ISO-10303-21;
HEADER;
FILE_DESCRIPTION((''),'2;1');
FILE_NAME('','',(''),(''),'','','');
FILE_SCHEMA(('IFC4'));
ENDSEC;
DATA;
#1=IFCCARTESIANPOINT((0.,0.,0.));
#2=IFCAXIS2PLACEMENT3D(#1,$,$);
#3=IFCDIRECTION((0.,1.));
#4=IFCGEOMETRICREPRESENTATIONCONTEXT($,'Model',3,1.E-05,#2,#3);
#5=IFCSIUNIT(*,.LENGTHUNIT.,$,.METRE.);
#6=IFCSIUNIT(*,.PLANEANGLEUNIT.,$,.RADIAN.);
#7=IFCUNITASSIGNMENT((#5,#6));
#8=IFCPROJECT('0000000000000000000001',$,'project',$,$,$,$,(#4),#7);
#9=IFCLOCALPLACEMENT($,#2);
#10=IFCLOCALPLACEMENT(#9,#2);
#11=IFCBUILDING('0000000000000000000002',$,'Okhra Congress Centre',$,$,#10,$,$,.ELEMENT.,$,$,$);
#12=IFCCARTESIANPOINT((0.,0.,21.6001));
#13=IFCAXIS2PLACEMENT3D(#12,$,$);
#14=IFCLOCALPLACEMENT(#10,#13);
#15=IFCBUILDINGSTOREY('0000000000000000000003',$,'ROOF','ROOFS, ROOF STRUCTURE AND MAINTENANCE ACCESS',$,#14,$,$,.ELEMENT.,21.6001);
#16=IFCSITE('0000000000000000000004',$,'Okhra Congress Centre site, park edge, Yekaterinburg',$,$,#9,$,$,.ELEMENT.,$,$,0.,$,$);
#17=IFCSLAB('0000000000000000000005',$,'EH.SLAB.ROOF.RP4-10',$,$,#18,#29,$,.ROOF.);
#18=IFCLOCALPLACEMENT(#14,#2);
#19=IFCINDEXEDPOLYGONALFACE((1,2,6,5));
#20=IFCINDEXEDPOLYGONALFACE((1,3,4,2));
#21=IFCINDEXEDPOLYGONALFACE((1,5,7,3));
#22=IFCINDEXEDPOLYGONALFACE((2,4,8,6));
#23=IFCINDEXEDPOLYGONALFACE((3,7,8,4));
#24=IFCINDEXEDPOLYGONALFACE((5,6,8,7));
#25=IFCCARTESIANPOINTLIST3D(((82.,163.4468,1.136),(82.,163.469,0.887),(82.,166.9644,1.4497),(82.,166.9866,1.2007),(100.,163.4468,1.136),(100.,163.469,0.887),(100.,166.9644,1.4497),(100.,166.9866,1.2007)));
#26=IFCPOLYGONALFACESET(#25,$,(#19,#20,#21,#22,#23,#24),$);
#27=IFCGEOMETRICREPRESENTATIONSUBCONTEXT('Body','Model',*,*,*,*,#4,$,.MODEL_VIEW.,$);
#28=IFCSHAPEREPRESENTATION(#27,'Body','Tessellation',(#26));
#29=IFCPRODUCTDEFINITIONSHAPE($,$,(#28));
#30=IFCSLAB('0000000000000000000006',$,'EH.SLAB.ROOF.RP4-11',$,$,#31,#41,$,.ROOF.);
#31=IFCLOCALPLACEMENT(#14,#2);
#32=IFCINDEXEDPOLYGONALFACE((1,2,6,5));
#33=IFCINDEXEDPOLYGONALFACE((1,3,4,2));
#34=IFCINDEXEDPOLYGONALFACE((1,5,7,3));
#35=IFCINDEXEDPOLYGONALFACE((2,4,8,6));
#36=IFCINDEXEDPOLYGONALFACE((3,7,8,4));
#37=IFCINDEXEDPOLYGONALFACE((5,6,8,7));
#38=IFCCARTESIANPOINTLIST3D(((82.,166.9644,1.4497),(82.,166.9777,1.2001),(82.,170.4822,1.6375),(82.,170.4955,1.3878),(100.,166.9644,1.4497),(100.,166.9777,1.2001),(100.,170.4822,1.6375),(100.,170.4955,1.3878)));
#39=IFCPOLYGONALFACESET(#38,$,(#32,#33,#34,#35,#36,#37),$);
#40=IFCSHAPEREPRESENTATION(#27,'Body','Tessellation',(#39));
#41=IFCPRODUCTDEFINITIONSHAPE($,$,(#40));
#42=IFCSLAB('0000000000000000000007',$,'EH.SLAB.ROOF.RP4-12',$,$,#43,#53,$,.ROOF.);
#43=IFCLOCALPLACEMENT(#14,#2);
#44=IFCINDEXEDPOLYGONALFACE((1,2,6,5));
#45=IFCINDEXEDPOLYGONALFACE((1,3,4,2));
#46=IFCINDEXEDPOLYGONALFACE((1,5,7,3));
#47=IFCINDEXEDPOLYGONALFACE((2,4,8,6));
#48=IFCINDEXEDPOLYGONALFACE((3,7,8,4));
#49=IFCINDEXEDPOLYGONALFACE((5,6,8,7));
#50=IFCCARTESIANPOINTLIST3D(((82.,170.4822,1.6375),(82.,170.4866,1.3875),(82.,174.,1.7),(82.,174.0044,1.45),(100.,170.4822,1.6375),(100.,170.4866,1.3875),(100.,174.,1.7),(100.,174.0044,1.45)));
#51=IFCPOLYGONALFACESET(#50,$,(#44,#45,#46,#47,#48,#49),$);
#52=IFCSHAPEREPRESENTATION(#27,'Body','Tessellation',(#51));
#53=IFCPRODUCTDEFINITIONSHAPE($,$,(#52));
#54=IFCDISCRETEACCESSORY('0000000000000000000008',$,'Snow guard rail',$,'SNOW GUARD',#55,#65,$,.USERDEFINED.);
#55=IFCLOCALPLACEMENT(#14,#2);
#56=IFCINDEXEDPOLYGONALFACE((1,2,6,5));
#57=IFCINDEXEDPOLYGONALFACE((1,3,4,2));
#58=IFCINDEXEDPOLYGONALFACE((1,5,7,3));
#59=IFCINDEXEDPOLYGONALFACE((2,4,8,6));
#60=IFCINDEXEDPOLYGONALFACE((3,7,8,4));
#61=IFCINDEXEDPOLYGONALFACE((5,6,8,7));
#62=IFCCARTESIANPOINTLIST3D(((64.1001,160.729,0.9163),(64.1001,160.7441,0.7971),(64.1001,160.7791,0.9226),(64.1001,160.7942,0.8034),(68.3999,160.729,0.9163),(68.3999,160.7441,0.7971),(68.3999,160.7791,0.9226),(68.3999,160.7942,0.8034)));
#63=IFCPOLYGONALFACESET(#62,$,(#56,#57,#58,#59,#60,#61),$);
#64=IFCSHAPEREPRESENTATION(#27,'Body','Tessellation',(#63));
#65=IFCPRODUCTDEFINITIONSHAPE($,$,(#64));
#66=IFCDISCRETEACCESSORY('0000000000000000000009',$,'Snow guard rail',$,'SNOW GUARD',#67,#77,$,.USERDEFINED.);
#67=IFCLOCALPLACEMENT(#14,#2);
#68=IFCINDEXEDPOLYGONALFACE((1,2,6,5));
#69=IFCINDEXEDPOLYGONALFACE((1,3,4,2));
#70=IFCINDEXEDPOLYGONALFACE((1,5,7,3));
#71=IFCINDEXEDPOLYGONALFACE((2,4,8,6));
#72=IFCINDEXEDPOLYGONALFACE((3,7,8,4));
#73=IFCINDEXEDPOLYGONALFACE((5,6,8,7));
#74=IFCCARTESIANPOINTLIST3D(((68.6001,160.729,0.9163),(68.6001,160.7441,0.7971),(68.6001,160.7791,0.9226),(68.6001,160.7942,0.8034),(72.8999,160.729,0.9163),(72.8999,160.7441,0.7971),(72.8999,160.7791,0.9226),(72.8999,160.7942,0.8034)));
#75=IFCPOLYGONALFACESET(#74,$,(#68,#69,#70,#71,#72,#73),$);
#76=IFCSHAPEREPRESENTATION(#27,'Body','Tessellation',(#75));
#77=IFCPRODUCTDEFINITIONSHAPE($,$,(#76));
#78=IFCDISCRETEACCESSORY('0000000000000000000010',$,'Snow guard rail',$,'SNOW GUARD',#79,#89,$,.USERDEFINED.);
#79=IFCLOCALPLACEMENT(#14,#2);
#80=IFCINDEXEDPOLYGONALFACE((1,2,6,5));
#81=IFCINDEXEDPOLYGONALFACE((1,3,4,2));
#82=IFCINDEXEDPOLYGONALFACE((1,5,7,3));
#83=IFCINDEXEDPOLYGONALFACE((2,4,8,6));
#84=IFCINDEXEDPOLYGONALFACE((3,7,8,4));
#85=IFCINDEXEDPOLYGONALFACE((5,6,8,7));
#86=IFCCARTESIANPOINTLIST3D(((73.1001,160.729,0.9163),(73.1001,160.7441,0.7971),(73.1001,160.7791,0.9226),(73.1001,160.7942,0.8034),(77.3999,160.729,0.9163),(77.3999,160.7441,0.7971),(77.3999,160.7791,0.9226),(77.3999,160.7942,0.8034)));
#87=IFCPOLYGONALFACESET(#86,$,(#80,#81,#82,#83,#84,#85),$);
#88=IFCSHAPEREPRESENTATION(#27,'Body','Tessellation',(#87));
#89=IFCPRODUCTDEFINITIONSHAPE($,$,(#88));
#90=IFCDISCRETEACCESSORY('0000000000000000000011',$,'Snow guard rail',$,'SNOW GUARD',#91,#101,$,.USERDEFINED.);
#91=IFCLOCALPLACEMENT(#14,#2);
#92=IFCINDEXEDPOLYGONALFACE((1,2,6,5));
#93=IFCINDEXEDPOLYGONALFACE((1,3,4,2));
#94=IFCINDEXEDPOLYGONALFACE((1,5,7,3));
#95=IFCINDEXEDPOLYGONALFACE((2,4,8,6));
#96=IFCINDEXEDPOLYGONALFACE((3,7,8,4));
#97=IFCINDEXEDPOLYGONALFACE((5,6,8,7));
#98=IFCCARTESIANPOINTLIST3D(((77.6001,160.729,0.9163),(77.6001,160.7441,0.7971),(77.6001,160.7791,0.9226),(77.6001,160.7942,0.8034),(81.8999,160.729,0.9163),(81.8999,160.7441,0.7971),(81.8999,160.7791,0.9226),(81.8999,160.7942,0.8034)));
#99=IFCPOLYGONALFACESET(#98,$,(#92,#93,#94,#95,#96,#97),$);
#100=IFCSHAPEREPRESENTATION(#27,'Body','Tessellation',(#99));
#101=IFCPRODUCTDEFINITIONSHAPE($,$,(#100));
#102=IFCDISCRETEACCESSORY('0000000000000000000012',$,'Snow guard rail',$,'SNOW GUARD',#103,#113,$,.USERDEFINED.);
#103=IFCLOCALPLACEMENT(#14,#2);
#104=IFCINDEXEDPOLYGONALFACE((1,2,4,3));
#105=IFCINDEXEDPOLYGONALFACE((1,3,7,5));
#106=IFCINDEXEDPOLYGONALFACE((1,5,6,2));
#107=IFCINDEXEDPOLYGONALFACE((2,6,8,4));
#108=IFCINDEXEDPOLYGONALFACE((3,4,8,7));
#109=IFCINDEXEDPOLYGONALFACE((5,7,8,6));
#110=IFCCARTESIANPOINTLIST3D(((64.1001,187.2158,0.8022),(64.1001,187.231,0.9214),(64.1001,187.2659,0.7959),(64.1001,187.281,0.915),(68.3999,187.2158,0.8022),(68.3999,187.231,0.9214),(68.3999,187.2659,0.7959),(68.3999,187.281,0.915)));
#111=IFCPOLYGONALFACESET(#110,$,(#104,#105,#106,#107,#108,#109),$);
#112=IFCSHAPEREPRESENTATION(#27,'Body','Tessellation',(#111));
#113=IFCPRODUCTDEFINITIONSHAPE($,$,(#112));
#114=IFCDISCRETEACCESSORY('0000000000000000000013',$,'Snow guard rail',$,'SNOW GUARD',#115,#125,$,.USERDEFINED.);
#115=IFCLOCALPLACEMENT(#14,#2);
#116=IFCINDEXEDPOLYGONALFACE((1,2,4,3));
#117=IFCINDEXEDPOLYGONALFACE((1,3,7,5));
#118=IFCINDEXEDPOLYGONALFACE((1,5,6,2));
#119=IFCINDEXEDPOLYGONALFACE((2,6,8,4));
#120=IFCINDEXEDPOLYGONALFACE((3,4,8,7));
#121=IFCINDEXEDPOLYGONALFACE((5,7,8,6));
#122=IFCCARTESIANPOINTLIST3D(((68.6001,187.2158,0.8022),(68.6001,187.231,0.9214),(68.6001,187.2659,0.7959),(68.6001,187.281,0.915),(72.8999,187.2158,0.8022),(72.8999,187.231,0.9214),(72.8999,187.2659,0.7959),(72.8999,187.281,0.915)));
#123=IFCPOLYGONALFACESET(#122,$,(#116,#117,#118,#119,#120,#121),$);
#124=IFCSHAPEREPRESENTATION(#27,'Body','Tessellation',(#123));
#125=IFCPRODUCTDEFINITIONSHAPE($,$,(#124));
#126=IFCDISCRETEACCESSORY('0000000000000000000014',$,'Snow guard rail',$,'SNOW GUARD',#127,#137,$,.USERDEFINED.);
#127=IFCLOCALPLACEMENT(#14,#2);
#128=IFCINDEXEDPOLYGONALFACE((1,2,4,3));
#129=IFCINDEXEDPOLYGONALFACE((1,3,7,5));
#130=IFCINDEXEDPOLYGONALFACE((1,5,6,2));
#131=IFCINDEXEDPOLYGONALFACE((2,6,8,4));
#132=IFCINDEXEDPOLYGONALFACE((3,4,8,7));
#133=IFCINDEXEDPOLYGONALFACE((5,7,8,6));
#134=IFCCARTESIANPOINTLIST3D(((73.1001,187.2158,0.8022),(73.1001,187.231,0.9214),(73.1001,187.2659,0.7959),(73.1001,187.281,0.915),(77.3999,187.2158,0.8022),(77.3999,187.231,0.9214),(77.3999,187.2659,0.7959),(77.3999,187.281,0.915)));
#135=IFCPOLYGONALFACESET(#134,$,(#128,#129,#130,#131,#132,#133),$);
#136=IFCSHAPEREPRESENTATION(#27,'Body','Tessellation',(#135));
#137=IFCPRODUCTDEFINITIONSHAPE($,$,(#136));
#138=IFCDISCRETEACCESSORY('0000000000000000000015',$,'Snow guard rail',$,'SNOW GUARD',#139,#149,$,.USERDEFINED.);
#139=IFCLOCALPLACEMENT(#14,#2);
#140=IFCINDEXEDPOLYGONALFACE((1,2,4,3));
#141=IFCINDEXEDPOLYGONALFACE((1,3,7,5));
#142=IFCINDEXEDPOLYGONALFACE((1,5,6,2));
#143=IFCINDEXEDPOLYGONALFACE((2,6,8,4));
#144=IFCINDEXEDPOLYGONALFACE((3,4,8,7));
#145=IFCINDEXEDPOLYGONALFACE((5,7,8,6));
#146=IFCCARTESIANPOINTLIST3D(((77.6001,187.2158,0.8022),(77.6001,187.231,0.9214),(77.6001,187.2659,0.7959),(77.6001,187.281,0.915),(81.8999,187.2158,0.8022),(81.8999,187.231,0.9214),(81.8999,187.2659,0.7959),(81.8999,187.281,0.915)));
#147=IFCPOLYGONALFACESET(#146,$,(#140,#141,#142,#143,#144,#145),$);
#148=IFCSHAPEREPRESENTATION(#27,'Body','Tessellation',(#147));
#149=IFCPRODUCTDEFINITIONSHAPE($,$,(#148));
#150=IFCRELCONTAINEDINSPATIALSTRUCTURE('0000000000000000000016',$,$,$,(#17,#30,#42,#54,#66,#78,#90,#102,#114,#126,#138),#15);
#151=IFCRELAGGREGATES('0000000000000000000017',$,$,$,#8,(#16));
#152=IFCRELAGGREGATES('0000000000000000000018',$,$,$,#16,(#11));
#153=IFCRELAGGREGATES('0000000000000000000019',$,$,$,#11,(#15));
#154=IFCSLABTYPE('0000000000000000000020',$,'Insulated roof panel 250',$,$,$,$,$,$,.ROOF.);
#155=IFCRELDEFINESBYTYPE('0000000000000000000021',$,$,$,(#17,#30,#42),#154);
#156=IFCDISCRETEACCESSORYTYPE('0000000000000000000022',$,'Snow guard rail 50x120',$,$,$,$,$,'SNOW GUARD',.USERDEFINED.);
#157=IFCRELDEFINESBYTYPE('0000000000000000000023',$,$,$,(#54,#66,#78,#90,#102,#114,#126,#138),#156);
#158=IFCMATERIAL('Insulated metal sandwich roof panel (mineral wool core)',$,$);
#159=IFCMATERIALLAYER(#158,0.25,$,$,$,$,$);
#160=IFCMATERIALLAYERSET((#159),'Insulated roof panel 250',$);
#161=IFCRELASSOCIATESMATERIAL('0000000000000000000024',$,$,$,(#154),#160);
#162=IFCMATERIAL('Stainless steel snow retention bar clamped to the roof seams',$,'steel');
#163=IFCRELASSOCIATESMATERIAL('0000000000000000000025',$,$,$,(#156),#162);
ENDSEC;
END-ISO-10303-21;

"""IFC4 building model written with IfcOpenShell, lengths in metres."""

from ifc_helpers import new_model, si_unit, direction, frame, origin, place, context, subcontext, project, spatial, polyline, outline, extrude, material, layer, layer_set, type_object, element, save


model = new_model("IFC4")

# Units and contexts
model_context = context("Model", 3, precision=1e-05, world=origin(), true_north=direction((0.0, 1.0)))
body_context = subcontext(model_context, "Body", "Model", "MODEL_VIEW")
ifc_project = project(units=[si_unit("LENGTHUNIT", "METRE"), si_unit("PLANEANGLEUNIT", "RADIAN")], contexts=[model_context])

# Site, building, storey
site_placement = place(None, origin())
site = spatial("IfcSite", under=ifc_project, at=site_placement, Name="Okhra Congress Centre site, park edge, Yekaterinburg", CompositionType="ELEMENT", RefElevation=0.0)
building_placement = place(site_placement, origin())
building = spatial("IfcBuilding", under=site, at=building_placement, Name="Okhra Congress Centre", CompositionType="ELEMENT")
storey_placement = place(building_placement, frame((0.0, 0.0, 21.6001)))
storey = spatial("IfcBuildingStorey", under=building, at=storey_placement, Name="ROOF", Description="ROOFS, ROOF STRUCTURE AND MAINTENANCE ACCESS", CompositionType="ELEMENT", Elevation=21.6001)

# Slabs
ifc_material_1 = material(Name="Insulated metal sandwich roof panel (mineral wool core)")
ifc_layer = layer(ifc_material_1, 0.25)
ifc_layer_set = layer_set([ifc_layer], Name="Insulated roof panel 250")
slab_type = type_object("IfcSlabType", Name="Insulated roof panel 250", PredefinedType="ROOF", material=ifc_layer_set)
slab_1_placement = place(storey_placement, frame((82.0, 163.4468, 1.136), z_axis=(0.0, -0.088834, 0.996046), x_axis=(1.0, 0.0, 0.0)))
element("IfcSlab", 1, at=slab_1_placement, inside=storey, type_object=slab_type, Name="EH.SLAB.ROOF.RP4-10", PredefinedType="ROOF", context=body_context, shape_type="SweptSolid", body=[
    extrude(outline(polyline([(0.0, 0.0), (18.0, 0.0), (18.0, 3.5315), (0.0, 3.5315), (0.0, 0.0)])), origin(), (0.0, 0.0, -1.0), 0.25),
])
slab_2_placement = place(storey_placement, frame((82.0, 166.9644, 1.4497), z_axis=(0.0, -0.053294, 0.998579), x_axis=(1.0, 0.0, 0.0)))
element("IfcSlab", 2, at=slab_2_placement, inside=storey, type_object=slab_type, Name="EH.SLAB.ROOF.RP4-11", PredefinedType="ROOF", context=body_context, shape_type="SweptSolid", body=[
    extrude(outline(polyline([(0.0, 0.0), (18.0, 0.0), (18.0, 3.5228), (0.0, 3.5228), (0.0, 0.0)])), origin(), (0.0, 0.0, -1.0), 0.25),
])
slab_3_placement = place(storey_placement, frame((82.0, 170.4822, 1.6375), z_axis=(0.0, -0.017764, 0.999842), x_axis=(1.0, 0.0, 0.0)))
element("IfcSlab", 3, at=slab_3_placement, inside=storey, type_object=slab_type, Name="EH.SLAB.ROOF.RP4-12", PredefinedType="ROOF", context=body_context, shape_type="SweptSolid", body=[
    extrude(outline(polyline([(0.0, 0.0), (18.0, 0.0), (18.0, 3.5184), (0.0, 3.5184), (0.0, 0.0)])), origin(), (0.0, 0.0, -1.0), 0.25),
])

# Discrete accessories
ifc_material_2 = material(Name="Stainless steel snow retention bar clamped to the roof seams", Category="steel")
discrete_accessory_type = type_object("IfcDiscreteAccessoryType", Name="Snow guard rail 50x120", ElementType="SNOW GUARD", PredefinedType="USERDEFINED", material=ifc_material_2)
for number, where, z_axis, x_axis, name in (
    (4, (64.1001, 160.729, 0.9163), (0.0, -0.125821, 0.992053), (1.0, 0.0, 0.0), "Snow guard rail"),
    (5, (68.6001, 160.729, 0.9163), (0.0, -0.125821, 0.992053), (1.0, 0.0, 0.0), "Snow guard rail"),
    (6, (73.1001, 160.729, 0.9163), (0.0, -0.125821, 0.992053), (1.0, 0.0, 0.0), "Snow guard rail"),
    (7, (77.6001, 160.729, 0.9163), (0.0, -0.125821, 0.992053), (1.0, 0.0, 0.0), "Snow guard rail"),
    (8, (64.1001, 187.231, 0.9214), (0.0, 0.125821, 0.992053), (1.0, 0.0, 0.0), "Snow guard rail"),
    (9, (68.6001, 187.231, 0.9214), (0.0, 0.125821, 0.992053), (1.0, 0.0, 0.0), "Snow guard rail"),
    (10, (73.1001, 187.231, 0.9214), (0.0, 0.125821, 0.992053), (1.0, 0.0, 0.0), "Snow guard rail"),
    (11, (77.6001, 187.231, 0.9214), (0.0, 0.125821, 0.992053), (1.0, 0.0, 0.0), "Snow guard rail"),
):
    element("IfcDiscreteAccessory", number, at=place(storey_placement, frame(where, z_axis=z_axis, x_axis=x_axis)), inside=storey, type_object=discrete_accessory_type, Name=name, ObjectType="SNOW GUARD", PredefinedType="USERDEFINED", context=body_context, shape_type="SweptSolid", body=[
        extrude(outline(polyline([(0.0, 0.0), (4.2998, 0.0), (4.2998, 0.0504), (0.0, 0.0504), (0.0, 0.0)])), origin(), (0.0, 0.0, -1.0), 0.1201),
    ])

save(model, "model.ifc")
